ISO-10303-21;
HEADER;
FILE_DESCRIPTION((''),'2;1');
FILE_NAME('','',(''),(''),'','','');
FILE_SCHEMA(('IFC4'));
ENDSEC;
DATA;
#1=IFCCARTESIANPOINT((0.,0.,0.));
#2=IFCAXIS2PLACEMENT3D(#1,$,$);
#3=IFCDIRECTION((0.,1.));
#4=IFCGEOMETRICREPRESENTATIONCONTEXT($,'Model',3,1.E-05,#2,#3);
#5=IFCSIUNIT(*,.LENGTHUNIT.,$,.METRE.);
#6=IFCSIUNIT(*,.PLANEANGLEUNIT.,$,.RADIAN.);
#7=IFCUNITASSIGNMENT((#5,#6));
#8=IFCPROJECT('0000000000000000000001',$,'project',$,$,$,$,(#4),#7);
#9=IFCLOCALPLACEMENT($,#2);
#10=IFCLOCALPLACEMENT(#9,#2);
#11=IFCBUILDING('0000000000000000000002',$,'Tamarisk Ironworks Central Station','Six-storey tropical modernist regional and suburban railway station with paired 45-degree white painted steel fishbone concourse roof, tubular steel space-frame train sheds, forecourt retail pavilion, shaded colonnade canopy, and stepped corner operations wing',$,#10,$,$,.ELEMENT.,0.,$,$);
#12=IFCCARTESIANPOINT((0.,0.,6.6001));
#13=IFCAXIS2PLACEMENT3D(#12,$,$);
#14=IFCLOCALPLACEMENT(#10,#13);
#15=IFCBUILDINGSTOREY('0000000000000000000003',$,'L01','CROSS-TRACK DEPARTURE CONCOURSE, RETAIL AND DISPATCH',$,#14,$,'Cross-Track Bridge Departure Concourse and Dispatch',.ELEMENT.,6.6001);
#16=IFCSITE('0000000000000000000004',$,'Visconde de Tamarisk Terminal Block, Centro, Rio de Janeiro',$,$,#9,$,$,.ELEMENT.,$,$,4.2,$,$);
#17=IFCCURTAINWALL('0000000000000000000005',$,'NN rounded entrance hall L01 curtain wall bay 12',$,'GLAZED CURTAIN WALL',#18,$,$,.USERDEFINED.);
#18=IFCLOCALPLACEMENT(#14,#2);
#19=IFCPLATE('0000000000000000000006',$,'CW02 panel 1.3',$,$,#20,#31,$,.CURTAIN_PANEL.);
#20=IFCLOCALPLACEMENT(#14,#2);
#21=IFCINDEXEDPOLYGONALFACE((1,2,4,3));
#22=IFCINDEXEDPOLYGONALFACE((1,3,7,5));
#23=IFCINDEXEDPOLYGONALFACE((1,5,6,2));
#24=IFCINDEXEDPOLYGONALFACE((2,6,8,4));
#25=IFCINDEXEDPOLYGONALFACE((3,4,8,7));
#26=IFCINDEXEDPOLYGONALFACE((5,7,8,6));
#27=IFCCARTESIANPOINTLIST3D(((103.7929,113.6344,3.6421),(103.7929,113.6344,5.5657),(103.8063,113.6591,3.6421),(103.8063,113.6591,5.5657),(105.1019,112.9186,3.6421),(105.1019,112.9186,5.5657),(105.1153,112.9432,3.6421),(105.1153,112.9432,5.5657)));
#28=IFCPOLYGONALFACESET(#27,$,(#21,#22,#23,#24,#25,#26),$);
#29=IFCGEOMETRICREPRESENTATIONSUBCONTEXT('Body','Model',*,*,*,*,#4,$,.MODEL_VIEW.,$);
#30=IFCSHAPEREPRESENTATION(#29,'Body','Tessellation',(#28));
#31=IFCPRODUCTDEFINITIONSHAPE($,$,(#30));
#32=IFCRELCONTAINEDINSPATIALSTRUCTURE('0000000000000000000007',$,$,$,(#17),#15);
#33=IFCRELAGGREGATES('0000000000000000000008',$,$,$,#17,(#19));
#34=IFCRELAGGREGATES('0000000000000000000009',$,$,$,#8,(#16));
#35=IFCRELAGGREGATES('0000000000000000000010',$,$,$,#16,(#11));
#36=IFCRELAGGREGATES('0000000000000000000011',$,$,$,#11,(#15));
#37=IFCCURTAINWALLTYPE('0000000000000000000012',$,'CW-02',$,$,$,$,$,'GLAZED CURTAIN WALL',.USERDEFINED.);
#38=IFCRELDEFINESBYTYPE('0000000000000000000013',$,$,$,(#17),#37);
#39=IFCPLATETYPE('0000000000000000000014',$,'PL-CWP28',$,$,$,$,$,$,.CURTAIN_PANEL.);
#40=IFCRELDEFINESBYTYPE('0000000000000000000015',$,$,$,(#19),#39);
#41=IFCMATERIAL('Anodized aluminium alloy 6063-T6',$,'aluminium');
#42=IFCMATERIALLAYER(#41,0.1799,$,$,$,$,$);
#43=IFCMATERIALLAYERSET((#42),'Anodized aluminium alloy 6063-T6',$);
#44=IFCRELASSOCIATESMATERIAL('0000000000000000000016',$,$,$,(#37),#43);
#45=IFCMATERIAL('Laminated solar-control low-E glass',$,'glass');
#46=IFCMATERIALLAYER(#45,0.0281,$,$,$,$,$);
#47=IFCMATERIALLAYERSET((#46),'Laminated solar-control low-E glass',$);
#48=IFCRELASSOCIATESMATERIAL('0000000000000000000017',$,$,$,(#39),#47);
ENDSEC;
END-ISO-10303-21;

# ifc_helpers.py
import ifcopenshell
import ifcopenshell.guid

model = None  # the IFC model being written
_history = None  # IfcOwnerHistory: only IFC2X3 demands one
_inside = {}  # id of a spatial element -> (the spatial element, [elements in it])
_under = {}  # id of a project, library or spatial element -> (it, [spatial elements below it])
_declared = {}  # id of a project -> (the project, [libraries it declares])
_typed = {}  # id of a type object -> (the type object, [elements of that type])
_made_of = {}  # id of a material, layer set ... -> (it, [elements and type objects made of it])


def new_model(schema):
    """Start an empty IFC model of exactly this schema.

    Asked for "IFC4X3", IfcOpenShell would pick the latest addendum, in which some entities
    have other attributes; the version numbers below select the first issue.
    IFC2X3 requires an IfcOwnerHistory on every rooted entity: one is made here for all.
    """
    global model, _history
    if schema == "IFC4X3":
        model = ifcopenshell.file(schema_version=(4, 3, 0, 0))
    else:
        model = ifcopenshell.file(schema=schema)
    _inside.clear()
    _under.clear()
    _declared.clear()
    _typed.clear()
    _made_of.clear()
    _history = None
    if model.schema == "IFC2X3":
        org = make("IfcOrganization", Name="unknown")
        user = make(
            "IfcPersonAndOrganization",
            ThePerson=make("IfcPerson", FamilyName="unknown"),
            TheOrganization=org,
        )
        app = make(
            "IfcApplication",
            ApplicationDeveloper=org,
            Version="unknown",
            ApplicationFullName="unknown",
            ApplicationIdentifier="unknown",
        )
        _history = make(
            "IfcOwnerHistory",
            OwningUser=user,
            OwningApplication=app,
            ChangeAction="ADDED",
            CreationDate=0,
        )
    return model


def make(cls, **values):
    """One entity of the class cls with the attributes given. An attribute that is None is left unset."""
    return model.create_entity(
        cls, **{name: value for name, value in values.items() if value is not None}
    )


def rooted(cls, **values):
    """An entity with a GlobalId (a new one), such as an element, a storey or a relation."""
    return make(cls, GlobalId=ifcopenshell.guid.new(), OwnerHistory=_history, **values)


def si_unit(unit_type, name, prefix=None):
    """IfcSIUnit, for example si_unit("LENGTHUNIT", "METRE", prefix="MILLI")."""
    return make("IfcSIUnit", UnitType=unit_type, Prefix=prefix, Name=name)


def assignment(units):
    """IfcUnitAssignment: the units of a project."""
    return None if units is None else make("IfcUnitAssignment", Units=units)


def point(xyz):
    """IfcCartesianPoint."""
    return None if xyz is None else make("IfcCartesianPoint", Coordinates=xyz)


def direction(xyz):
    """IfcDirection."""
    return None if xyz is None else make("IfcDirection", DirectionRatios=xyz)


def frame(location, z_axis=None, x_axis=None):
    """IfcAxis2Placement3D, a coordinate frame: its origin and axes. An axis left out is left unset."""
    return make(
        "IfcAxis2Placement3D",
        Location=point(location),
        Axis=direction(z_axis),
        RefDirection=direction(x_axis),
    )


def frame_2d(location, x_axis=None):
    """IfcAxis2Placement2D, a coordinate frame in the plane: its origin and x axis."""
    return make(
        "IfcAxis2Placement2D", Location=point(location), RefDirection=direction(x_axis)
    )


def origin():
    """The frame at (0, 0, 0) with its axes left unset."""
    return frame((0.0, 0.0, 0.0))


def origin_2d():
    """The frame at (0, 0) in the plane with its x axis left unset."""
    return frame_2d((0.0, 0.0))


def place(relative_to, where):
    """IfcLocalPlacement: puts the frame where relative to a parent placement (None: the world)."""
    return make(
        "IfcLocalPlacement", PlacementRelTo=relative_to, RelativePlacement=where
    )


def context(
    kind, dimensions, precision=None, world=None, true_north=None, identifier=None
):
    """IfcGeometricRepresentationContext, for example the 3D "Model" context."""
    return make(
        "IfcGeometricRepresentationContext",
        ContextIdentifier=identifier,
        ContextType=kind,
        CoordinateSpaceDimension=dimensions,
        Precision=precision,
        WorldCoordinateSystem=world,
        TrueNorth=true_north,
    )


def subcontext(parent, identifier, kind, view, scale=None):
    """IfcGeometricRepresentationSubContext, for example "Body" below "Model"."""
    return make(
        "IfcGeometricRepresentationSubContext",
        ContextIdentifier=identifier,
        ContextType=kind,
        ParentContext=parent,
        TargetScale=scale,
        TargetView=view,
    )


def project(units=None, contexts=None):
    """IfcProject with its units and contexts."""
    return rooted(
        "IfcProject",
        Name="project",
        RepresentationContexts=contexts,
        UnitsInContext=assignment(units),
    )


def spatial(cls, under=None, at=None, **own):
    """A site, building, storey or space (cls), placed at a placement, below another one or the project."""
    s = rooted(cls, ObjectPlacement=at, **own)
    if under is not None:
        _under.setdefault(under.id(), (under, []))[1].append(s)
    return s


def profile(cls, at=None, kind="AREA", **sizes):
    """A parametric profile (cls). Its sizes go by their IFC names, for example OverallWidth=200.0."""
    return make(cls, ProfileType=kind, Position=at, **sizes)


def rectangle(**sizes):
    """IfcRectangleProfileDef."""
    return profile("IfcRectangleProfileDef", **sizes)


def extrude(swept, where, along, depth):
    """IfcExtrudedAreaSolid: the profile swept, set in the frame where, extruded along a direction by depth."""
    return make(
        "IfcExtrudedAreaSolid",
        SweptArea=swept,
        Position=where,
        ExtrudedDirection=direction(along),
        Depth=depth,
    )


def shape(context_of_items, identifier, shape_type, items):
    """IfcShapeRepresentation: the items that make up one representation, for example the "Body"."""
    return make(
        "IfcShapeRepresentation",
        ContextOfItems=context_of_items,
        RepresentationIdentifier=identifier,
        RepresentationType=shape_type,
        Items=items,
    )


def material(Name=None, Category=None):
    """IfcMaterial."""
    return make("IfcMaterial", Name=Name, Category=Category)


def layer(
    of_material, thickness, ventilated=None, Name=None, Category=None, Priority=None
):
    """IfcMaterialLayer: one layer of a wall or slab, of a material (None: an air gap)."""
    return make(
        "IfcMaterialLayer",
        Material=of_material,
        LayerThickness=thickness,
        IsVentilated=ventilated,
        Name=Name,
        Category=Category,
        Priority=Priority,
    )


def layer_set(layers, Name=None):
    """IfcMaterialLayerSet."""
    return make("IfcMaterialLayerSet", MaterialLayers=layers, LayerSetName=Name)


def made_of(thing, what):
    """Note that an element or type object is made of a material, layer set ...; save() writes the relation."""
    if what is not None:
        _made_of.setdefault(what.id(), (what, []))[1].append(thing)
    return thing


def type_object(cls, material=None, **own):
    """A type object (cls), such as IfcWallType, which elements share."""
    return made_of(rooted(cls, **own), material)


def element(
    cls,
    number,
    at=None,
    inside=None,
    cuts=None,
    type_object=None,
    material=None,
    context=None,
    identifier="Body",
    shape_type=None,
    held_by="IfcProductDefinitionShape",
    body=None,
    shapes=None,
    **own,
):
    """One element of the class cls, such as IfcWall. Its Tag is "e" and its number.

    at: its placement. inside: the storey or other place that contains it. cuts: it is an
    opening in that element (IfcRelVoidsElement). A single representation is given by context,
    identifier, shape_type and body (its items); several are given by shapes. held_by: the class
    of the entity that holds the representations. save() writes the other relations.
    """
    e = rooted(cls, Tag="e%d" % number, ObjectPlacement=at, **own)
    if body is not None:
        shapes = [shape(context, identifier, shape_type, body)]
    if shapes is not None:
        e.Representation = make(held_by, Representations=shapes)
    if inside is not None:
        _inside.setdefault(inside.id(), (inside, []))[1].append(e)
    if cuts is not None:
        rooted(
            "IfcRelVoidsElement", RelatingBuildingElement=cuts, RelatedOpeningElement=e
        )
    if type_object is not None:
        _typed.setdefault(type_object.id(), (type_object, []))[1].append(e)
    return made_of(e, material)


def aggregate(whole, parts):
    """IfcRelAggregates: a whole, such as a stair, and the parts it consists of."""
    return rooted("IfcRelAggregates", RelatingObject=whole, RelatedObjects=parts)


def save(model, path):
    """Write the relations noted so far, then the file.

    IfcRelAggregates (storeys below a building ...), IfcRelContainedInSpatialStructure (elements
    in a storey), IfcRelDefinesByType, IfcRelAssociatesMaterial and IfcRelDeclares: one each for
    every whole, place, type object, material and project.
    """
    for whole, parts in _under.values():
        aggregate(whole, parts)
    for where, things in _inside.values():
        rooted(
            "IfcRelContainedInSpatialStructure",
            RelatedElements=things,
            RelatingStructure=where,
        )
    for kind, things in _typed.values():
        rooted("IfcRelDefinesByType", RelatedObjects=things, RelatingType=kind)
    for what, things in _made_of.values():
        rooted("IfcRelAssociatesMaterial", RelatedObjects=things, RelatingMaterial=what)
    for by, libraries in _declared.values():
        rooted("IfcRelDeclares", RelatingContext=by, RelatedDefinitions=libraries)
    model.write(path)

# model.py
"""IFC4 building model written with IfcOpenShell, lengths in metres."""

from ifc_helpers import new_model, si_unit, direction, frame, origin, origin_2d, place, context, subcontext, project, spatial, rectangle, extrude, material, layer, layer_set, type_object, element, aggregate, save


model = new_model("IFC4")

# Units and contexts
model_context = context("Model", 3, precision=1e-05, world=origin(), true_north=direction((0.0, 1.0)))
body_context = subcontext(model_context, "Body", "Model", "MODEL_VIEW")
ifc_project = project(units=[si_unit("LENGTHUNIT", "METRE"), si_unit("PLANEANGLEUNIT", "RADIAN")], contexts=[model_context])

# Site, building, storey
site_placement = place(None, origin())
site = spatial("IfcSite", under=ifc_project, at=site_placement, Name="Visconde de Tamarisk Terminal Block, Centro, Rio de Janeiro", CompositionType="ELEMENT", RefElevation=4.2)
building_placement = place(site_placement, origin())
building = spatial("IfcBuilding", under=site, at=building_placement, Name="Tamarisk Ironworks Central Station", Description="Six-storey tropical modernist regional and suburban railway station with paired 45-degree white painted steel fishbone concourse roof, tubular steel space-frame train sheds, forecourt retail pavilion, shaded colonnade canopy, and stepped corner operations wing", CompositionType="ELEMENT", ElevationOfRefHeight=0.0)
storey_placement = place(building_placement, frame((0.0, 0.0, 6.6001)))
storey = spatial("IfcBuildingStorey", under=building, at=storey_placement, Name="L01", Description="CROSS-TRACK DEPARTURE CONCOURSE, RETAIL AND DISPATCH", LongName="Cross-Track Bridge Departure Concourse and Dispatch", CompositionType="ELEMENT", Elevation=6.6001)

# Shared definitions
ifc_material_1 = material(Name="Anodized aluminium alloy 6063-T6", Category="aluminium")
ifc_layer_1 = layer(ifc_material_1, 0.1799)
ifc_layer_set_1 = layer_set([ifc_layer_1], Name="Anodized aluminium alloy 6063-T6")
curtain_wall_type = type_object("IfcCurtainWallType", Name="CW-02", ElementType="GLAZED CURTAIN WALL", PredefinedType="USERDEFINED", material=ifc_layer_set_1)

# Curtain wall
curtain_wall_1_placement = place(storey_placement, origin())
curtain_wall_1 = element("IfcCurtainWall", 1, at=curtain_wall_1_placement, inside=storey, type_object=curtain_wall_type, Name="NN rounded entrance hall L01 curtain wall bay 12", ObjectType="GLAZED CURTAIN WALL", PredefinedType="USERDEFINED")

# Plate
ifc_material_2 = material(Name="Laminated solar-control low-E glass", Category="glass")
ifc_layer_2 = layer(ifc_material_2, 0.0281)
ifc_layer_set_2 = layer_set([ifc_layer_2], Name="Laminated solar-control low-E glass")
plate_type = type_object("IfcPlateType", Name="PL-CWP28", PredefinedType="CURTAIN_PANEL", material=ifc_layer_set_2)
plate_1_placement = place(storey_placement, frame((104.4541, 113.2888, 3.6421), z_axis=(0.0, 0.0, 1.0), x_axis=(0.877375, -0.479805, 0.0)))
plate_1 = element("IfcPlate", 2, at=plate_1_placement, type_object=plate_type, Name="CW02 panel 1.3", PredefinedType="CURTAIN_PANEL", context=body_context, shape_type="SweptSolid", body=[
    extrude(rectangle(XDim=1.4919, YDim=0.0281, at=origin_2d()), origin(), (0.0, 0.0, 1.0), 1.9236),
])
aggregate(curtain_wall_1, [plate_1])

save(model, "model.ifc")
